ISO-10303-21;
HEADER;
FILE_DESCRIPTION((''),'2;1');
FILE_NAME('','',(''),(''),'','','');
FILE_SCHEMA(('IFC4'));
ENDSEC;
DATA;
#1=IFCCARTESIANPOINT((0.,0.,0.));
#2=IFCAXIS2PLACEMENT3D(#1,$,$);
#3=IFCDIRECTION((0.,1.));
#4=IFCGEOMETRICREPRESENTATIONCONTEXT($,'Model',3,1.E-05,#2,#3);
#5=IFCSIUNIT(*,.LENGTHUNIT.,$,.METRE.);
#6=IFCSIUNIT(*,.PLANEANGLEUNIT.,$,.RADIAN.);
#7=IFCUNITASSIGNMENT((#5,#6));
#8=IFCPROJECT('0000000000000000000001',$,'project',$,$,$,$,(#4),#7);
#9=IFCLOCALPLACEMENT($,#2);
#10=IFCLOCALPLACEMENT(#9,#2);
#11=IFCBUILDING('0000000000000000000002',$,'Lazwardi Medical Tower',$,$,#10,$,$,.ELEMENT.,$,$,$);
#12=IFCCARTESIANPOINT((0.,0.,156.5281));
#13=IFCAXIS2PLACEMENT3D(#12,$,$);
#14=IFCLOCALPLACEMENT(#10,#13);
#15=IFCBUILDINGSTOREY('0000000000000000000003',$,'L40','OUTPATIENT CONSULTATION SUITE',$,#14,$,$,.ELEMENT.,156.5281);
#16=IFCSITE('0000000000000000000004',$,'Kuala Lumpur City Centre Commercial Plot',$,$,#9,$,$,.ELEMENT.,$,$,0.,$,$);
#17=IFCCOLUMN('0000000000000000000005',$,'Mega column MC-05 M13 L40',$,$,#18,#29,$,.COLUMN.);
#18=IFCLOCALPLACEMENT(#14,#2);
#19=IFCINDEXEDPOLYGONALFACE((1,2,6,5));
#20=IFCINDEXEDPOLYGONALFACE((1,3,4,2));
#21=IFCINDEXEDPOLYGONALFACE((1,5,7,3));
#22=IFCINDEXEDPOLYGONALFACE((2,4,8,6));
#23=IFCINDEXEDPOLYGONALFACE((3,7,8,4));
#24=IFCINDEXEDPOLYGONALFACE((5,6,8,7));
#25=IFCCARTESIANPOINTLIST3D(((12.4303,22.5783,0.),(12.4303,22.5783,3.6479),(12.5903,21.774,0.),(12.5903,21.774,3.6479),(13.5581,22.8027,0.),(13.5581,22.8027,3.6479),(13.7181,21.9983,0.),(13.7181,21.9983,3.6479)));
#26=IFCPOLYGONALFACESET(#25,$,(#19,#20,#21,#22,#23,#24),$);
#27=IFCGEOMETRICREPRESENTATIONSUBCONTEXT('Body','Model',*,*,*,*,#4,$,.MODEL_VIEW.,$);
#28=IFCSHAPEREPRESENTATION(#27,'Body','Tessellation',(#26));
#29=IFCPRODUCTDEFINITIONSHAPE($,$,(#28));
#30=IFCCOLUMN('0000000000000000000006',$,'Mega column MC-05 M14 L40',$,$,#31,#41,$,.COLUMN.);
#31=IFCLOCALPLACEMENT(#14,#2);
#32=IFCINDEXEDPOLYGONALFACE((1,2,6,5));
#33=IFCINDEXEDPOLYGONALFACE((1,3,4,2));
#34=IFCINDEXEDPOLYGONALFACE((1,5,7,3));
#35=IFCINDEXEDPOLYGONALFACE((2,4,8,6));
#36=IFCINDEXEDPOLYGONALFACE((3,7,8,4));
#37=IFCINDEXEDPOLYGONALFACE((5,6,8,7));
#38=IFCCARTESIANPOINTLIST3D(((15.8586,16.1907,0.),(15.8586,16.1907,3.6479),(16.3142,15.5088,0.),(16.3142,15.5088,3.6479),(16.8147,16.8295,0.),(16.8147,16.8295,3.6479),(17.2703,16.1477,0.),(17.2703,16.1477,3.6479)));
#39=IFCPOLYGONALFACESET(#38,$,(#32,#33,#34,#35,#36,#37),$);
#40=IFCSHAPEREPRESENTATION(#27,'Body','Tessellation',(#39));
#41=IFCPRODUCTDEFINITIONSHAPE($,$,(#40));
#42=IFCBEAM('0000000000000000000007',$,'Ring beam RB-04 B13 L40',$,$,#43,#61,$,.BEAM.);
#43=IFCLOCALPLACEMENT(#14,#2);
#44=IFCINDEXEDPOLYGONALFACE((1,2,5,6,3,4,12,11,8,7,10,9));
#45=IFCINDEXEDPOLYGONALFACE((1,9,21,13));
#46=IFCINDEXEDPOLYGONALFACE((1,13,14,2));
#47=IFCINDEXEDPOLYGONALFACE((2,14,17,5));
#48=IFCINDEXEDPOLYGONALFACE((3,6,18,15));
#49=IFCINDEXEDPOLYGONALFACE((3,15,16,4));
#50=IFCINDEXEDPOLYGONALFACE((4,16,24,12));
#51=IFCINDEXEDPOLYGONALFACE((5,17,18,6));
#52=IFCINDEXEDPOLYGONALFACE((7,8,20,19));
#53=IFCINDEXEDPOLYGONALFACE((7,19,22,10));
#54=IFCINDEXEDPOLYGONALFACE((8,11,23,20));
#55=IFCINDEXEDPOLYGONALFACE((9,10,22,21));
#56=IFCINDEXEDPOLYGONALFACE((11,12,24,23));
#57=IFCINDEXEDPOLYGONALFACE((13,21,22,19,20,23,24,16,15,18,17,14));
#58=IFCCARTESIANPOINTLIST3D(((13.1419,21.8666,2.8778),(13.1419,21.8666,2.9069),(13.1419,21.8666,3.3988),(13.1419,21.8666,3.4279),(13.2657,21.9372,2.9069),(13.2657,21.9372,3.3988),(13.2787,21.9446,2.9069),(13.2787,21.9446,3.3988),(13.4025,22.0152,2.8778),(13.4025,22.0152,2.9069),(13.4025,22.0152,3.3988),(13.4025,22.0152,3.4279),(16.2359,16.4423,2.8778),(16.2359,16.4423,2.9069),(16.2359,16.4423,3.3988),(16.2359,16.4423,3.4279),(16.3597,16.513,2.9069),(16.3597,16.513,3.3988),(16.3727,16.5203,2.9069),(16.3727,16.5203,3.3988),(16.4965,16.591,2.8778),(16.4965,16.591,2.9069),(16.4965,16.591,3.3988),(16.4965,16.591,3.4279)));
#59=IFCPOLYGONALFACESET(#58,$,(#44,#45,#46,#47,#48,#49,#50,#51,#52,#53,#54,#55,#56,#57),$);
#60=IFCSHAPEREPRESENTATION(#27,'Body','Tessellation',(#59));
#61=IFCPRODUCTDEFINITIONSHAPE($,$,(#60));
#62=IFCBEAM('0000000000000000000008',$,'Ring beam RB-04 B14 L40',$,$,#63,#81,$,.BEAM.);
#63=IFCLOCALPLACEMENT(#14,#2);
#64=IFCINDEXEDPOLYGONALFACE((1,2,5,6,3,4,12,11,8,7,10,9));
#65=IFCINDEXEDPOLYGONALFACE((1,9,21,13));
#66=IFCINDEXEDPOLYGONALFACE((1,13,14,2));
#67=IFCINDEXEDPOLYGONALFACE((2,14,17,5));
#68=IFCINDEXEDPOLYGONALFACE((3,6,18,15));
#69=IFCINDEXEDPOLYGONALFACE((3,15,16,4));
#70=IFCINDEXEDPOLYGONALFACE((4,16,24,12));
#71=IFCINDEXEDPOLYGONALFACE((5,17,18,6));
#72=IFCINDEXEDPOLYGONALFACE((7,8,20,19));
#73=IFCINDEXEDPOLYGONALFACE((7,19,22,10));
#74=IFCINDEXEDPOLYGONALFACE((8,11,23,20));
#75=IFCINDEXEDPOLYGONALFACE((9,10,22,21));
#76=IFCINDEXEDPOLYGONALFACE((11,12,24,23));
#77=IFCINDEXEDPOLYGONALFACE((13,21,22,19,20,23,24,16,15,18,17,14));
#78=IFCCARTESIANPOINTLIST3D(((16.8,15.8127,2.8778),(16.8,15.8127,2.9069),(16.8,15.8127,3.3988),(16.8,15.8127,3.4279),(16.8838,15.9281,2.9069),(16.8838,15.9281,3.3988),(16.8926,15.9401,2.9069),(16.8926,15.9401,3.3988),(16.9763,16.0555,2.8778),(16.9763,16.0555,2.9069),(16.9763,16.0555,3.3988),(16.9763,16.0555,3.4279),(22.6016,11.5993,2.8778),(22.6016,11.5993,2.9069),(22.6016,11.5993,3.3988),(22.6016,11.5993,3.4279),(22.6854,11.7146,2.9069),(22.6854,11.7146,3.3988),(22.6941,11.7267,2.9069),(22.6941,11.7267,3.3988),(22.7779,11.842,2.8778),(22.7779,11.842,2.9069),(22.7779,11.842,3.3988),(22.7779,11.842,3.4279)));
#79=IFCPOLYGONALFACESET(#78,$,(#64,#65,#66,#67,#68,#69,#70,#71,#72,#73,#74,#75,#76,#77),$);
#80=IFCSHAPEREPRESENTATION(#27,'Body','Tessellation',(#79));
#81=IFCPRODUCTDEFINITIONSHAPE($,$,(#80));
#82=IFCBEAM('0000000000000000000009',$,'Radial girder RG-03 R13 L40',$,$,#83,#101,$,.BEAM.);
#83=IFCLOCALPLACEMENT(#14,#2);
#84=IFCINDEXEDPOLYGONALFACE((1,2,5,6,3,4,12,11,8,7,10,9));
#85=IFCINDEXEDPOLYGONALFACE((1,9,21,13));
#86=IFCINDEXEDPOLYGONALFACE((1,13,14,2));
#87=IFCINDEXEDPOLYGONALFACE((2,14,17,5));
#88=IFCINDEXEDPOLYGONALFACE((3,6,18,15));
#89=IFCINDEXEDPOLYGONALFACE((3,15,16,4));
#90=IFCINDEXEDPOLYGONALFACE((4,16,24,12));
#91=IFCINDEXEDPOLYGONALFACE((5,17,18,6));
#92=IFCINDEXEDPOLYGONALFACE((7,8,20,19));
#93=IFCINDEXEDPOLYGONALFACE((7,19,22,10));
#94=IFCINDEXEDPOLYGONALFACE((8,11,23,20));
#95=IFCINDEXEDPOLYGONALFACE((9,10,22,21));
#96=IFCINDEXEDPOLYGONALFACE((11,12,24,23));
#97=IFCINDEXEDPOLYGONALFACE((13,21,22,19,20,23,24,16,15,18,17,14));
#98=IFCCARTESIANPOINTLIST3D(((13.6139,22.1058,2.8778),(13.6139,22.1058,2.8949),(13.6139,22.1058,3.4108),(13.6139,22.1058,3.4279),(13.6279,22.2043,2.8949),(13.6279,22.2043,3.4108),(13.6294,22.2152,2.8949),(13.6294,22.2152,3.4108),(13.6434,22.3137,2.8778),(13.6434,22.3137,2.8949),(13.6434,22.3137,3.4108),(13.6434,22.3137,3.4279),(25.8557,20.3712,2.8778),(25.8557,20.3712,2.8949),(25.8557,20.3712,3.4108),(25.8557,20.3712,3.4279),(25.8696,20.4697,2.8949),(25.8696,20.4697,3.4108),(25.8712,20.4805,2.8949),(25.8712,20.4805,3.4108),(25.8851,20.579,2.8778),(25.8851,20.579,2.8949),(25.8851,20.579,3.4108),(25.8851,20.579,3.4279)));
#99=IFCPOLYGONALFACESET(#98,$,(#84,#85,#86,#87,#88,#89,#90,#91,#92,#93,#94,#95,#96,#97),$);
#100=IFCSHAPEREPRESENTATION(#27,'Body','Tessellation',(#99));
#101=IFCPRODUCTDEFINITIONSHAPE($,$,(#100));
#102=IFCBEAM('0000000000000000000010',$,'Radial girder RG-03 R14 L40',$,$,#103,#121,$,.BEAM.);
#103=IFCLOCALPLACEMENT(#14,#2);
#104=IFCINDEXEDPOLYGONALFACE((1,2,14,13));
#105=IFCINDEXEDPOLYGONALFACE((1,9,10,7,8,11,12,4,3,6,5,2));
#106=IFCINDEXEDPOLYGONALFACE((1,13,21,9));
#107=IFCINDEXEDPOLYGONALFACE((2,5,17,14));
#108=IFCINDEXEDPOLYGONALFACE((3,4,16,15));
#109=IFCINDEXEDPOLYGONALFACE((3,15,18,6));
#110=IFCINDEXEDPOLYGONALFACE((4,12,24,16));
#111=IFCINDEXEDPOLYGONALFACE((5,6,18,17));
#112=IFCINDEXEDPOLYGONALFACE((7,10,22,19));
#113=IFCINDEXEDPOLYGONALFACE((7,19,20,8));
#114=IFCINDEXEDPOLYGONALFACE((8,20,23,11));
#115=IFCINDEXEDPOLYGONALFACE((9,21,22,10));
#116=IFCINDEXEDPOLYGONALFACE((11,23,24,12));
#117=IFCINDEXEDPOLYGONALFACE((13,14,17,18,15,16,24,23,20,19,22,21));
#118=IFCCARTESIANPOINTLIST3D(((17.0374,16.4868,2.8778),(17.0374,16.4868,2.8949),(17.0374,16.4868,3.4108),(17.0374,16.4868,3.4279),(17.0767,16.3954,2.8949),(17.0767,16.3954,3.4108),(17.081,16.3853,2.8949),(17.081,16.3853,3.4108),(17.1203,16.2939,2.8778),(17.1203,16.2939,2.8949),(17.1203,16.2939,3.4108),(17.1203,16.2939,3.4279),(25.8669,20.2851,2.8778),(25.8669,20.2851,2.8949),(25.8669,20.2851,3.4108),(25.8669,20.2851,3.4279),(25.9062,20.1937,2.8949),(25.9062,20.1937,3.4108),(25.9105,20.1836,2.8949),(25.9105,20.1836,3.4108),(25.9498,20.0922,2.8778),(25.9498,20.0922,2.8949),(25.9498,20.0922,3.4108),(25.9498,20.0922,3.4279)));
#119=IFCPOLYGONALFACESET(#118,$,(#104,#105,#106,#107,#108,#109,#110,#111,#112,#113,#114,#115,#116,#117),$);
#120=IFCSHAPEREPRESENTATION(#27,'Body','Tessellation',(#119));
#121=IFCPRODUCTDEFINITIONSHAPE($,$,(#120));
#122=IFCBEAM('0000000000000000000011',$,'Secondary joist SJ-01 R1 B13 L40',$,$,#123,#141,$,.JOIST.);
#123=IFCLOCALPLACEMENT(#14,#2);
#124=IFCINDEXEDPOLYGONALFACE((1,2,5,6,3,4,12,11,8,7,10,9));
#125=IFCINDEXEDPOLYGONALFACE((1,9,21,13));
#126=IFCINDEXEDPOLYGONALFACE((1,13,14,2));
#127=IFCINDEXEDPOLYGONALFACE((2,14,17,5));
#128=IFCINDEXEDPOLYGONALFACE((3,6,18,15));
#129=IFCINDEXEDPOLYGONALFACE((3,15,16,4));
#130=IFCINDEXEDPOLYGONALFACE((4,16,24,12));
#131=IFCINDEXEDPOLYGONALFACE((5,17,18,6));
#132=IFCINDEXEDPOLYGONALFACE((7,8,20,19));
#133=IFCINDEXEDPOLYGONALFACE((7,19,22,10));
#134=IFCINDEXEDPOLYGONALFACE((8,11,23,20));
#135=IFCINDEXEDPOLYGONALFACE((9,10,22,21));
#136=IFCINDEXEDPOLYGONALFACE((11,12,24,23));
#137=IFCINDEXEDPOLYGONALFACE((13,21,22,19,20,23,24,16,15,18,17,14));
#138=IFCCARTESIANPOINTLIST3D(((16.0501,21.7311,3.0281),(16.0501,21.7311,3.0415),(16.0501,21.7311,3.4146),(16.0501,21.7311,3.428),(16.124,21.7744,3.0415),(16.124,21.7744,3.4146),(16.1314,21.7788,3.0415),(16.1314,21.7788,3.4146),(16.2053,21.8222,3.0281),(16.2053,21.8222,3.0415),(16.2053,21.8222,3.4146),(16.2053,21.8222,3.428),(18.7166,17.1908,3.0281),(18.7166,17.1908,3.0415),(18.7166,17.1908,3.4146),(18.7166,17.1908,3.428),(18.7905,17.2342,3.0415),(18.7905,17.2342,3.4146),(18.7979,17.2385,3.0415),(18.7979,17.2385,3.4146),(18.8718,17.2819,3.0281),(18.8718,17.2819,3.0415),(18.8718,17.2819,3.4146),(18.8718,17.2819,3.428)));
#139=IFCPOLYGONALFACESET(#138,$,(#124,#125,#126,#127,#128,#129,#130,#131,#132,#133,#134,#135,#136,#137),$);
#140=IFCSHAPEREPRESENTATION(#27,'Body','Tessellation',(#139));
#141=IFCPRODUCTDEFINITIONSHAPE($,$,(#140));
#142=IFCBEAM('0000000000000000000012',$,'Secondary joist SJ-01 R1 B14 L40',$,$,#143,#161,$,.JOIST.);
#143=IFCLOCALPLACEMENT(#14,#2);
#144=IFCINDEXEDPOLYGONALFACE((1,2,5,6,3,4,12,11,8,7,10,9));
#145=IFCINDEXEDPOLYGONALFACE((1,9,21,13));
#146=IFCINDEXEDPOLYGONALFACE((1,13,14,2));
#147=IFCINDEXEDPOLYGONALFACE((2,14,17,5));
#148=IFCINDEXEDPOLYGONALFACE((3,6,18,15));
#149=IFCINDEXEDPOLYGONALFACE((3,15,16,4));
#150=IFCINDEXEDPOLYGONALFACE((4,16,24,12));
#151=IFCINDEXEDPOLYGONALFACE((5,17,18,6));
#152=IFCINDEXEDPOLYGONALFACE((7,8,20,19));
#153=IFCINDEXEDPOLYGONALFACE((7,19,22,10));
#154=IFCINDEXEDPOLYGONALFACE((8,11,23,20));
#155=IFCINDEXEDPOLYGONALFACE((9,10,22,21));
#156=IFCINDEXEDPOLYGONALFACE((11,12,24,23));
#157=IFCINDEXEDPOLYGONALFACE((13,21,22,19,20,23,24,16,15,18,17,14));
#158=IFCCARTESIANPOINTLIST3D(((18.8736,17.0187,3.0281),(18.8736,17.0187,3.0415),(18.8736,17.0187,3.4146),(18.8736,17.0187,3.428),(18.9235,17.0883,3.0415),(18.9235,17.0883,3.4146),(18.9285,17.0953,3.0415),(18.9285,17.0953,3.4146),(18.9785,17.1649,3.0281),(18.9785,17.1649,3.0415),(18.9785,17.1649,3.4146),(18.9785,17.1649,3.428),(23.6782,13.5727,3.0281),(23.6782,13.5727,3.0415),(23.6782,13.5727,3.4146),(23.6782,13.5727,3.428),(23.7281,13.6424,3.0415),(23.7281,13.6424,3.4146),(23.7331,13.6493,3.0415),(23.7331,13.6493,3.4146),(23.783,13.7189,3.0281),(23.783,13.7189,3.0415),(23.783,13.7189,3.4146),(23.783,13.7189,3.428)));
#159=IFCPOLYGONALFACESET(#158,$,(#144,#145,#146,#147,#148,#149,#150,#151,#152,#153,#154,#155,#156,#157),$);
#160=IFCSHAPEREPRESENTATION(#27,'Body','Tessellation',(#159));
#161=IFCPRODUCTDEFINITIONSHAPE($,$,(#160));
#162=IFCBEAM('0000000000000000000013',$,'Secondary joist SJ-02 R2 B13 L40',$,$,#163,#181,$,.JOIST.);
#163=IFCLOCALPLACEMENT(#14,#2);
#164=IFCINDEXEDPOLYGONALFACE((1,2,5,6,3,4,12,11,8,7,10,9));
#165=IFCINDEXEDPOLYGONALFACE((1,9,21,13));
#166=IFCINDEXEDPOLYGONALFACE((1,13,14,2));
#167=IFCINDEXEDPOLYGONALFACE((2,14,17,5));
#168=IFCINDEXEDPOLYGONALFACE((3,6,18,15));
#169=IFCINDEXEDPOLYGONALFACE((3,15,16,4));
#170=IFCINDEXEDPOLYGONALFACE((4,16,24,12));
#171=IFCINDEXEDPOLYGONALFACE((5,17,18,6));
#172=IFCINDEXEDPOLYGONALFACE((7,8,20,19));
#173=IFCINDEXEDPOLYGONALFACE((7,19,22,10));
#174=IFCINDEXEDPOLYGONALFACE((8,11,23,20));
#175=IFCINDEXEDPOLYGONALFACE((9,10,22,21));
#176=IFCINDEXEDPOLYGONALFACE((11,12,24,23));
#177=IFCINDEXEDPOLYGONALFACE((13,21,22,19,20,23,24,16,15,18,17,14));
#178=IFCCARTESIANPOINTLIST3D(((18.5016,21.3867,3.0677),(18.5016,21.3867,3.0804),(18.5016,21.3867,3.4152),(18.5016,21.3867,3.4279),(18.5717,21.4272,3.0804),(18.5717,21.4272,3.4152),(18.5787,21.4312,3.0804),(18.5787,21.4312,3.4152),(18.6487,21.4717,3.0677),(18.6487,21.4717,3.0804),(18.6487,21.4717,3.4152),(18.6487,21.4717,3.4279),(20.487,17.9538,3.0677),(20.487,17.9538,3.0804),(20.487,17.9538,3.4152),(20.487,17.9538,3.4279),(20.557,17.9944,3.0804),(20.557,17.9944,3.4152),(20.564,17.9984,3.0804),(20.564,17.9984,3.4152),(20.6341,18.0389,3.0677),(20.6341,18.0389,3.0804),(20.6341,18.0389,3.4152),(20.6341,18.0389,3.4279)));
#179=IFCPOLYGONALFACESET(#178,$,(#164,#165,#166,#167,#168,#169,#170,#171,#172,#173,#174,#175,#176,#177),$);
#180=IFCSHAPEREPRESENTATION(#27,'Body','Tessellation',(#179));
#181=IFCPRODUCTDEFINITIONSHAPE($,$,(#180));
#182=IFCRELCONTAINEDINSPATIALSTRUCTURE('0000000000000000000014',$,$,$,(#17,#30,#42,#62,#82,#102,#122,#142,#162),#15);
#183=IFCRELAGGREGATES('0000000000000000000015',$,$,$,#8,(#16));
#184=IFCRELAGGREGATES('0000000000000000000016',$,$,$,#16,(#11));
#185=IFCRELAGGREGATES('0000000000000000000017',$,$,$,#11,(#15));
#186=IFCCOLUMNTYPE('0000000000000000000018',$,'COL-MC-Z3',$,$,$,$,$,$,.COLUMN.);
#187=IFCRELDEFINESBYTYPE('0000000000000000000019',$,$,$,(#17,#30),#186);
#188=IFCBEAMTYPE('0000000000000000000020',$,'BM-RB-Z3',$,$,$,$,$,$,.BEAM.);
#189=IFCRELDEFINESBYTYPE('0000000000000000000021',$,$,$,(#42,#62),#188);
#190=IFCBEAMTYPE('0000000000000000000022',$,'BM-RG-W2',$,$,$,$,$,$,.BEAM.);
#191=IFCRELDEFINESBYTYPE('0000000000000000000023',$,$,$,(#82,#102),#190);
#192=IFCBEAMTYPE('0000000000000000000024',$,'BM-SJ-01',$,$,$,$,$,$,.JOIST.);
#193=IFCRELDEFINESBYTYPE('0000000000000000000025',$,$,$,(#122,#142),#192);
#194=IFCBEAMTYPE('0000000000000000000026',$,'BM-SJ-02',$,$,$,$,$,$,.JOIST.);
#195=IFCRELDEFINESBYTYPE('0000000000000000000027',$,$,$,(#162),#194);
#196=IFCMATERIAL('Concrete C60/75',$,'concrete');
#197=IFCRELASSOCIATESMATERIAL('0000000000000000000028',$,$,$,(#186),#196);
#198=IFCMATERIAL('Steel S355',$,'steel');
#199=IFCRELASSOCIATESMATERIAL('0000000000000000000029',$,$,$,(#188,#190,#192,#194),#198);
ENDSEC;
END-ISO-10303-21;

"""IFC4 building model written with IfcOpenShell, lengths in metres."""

from ifc_helpers import new_model, si_unit, direction, frame, origin, origin_2d, place, context, subcontext, project, spatial, rectangle, i_section, extrude, material, material_profile, profile_set, type_object, element, save


model = new_model("IFC4")

# Units and contexts
model_context = context("Model", 3, precision=1e-05, world=origin(), true_north=direction((0.0, 1.0)))
body_context = subcontext(model_context, "Body", "Model", "MODEL_VIEW")
ifc_project = project(units=[si_unit("LENGTHUNIT", "METRE"), si_unit("PLANEANGLEUNIT", "RADIAN")], contexts=[model_context])

# Site, building, storey
site_placement = place(None, origin())
site = spatial("IfcSite", under=ifc_project, at=site_placement, Name="Kuala Lumpur City Centre Commercial Plot", CompositionType="ELEMENT", RefElevation=0.0)
building_placement = place(site_placement, origin())
building = spatial("IfcBuilding", under=site, at=building_placement, Name="Lazwardi Medical Tower", CompositionType="ELEMENT")
storey_placement = place(building_placement, frame((0.0, 0.0, 156.5281)))
storey = spatial("IfcBuildingStorey", under=building, at=storey_placement, Name="L40", Description="OUTPATIENT CONSULTATION SUITE", CompositionType="ELEMENT", Elevation=156.5281)

# Columns
ifc_material_1 = material(Name="Concrete C60/75", Category="concrete")
ifc_material_profile_1 = material_profile(ifc_material_1, rectangle(XDim=1.1499, YDim=0.8201, at=origin_2d()), Name="CFT-RECT 1150x820")
ifc_profile_set_1 = profile_set([ifc_material_profile_1], Name="Concrete C60/75")
column_type = type_object("IfcColumnType", Name="COL-MC-Z3", PredefinedType="COLUMN", material=ifc_profile_set_1)
for number, where, z_axis, x_axis, name in (
    (1, (13.0742, 22.2883, 0.0), (0.0, 0.0, 1.0), (-0.980785, -0.19509, 0.0), "Mega column MC-05 M13 L40"),
    (2, (16.5645, 16.1692, 0.0), (0.0, 0.0, 1.0), (-0.83147, -0.55557, 0.0), "Mega column MC-05 M14 L40"),
):
    element("IfcColumn", number, at=place(storey_placement, frame(where, z_axis=z_axis, x_axis=x_axis)), inside=storey, type_object=column_type, Name=name, PredefinedType="COLUMN", context=body_context, shape_type="SweptSolid", body=[
        extrude(rectangle(XDim=1.1499, YDim=0.8201, at=origin_2d()), origin(), (0.0, 0.0, 1.0), 3.6479),
    ])

# Beams
ifc_material_2 = material(Name="Steel S355", Category="steel")
ifc_material_profile_2 = material_profile(ifc_material_2, i_section(OverallWidth=0.3, OverallDepth=0.55, WebThickness=0.0149, FlangeThickness=0.0291, at=origin_2d()), Name="HEB 550")
ifc_profile_set_2 = profile_set([ifc_material_profile_2], Name="Steel S355")
beam_type_1 = type_object("IfcBeamType", Name="BM-RB-Z3", PredefinedType="BEAM", material=ifc_profile_set_2)
beam_1_placement = place(storey_placement, frame((13.2722, 21.9409, 3.1528), z_axis=(0.495461, -0.86863, 0.0), x_axis=(0.86863, 0.495461, 0.0)))
element("IfcBeam", 3, at=beam_1_placement, inside=storey, type_object=beam_type_1, Name="Ring beam RB-04 B13 L40", PredefinedType="BEAM", context=body_context, shape_type="SweptSolid", body=[
    extrude(i_section(OverallWidth=0.3, OverallDepth=0.55, WebThickness=0.0149, FlangeThickness=0.0291, at=origin_2d()), origin(), (0.0, 0.0, 1.0), 6.2446),
])
beam_2_placement = place(storey_placement, frame((16.8882, 15.9341, 3.1528), z_axis=(0.809128, -0.587633, 0.0), x_axis=(0.587633, 0.809128, 0.0)))
element("IfcBeam", 4, at=beam_2_placement, inside=storey, type_object=beam_type_1, Name="Ring beam RB-04 B14 L40", PredefinedType="BEAM", context=body_context, shape_type="SweptSolid", body=[
    extrude(i_section(OverallWidth=0.3, OverallDepth=0.55, WebThickness=0.0149, FlangeThickness=0.0291, at=origin_2d()), origin(), (0.0, 0.0, 1.0), 7.1702),
])
ifc_material_profile_3 = material_profile(ifc_material_2, i_section(OverallWidth=0.21, OverallDepth=0.55, WebThickness=0.011, FlangeThickness=0.0171, at=origin_2d()), Name="IPE 550")
ifc_profile_set_3 = profile_set([ifc_material_profile_3], Name="Steel S355")
beam_type_2 = type_object("IfcBeamType", Name="BM-RG-W2", PredefinedType="BEAM", material=ifc_profile_set_3)
beam_3_placement = place(storey_placement, frame((13.6287, 22.2097, 3.1528), z_axis=(0.99011, -0.140296, 0.0), x_axis=(0.140296, 0.99011, 0.0)))
element("IfcBeam", 5, at=beam_3_placement, inside=storey, type_object=beam_type_2, Name="Radial girder RG-03 R13 L40", PredefinedType="BEAM", context=body_context, shape_type="SweptSolid", body=[
    extrude(i_section(OverallWidth=0.21, OverallDepth=0.55, WebThickness=0.011, FlangeThickness=0.0171, at=origin_2d()), origin(), (0.0, 0.0, 1.0), 12.364),
])
beam_4_placement = place(storey_placement, frame((17.0789, 16.3904, 3.1528), z_axis=(0.918608, 0.39517, 0.0), x_axis=(-0.39517, 0.918608, 0.0)))
element("IfcBeam", 6, at=beam_4_placement, inside=storey, type_object=beam_type_2, Name="Radial girder RG-03 R14 L40", PredefinedType="BEAM", context=body_context, shape_type="SweptSolid", body=[
    extrude(i_section(OverallWidth=0.21, OverallDepth=0.55, WebThickness=0.011, FlangeThickness=0.0171, at=origin_2d()), origin(), (0.0, 0.0, 1.0), 9.6118),
])
ifc_material_profile_4 = material_profile(ifc_material_2, i_section(OverallWidth=0.1799, OverallDepth=0.3999, WebThickness=0.0085, FlangeThickness=0.0134, at=origin_2d()), Name="IPE 400")
ifc_profile_set_4 = profile_set([ifc_material_profile_4], Name="Steel S355")
beam_type_3 = type_object("IfcBeamType", Name="BM-SJ-01", PredefinedType="JOIST", material=ifc_profile_set_4)
beam_5_placement = place(storey_placement, frame((16.1277, 21.7766, 3.228), z_axis=(0.50642, -0.862287, 0.0), x_axis=(0.862287, 0.50642, 0.0)))
element("IfcBeam", 7, at=beam_5_placement, inside=storey, type_object=beam_type_3, Name="Secondary joist SJ-01 R1 B13 L40", PredefinedType="JOIST", context=body_context, shape_type="SweptSolid", body=[
    extrude(i_section(OverallWidth=0.1799, OverallDepth=0.3999, WebThickness=0.0085, FlangeThickness=0.0134, at=origin_2d()), origin(), (0.0, 0.0, 1.0), 5.2654),
])
beam_6_placement = place(storey_placement, frame((18.926, 17.0918, 3.228), z_axis=(0.812602, -0.582819, 0.0), x_axis=(0.582819, 0.812602, 0.0)))
element("IfcBeam", 8, at=beam_6_placement, inside=storey, type_object=beam_type_3, Name="Secondary joist SJ-01 R1 B14 L40", PredefinedType="JOIST", context=body_context, shape_type="SweptSolid", body=[
    extrude(i_section(OverallWidth=0.1799, OverallDepth=0.3999, WebThickness=0.0085, FlangeThickness=0.0134, at=origin_2d()), origin(), (0.0, 0.0, 1.0), 5.9126),
])
ifc_material_profile_5 = material_profile(ifc_material_2, i_section(OverallWidth=0.1699, OverallDepth=0.3601, WebThickness=0.0081, FlangeThickness=0.0127, at=origin_2d()), Name="IPE 360")
ifc_profile_set_5 = profile_set([ifc_material_profile_5], Name="Steel S355")
beam_type_4 = type_object("IfcBeamType", Name="BM-SJ-02", PredefinedType="JOIST", material=ifc_profile_set_5)
beam_7_placement = place(storey_placement, frame((18.5752, 21.4292, 3.2478), z_axis=(0.500641, -0.865655, 0.0), x_axis=(0.865655, 0.500641, 0.0)))
element("IfcBeam", 9, at=beam_7_placement, inside=storey, type_object=beam_type_4, Name="Secondary joist SJ-02 R2 B13 L40", PredefinedType="JOIST", context=body_context, shape_type="SweptSolid", body=[
    extrude(i_section(OverallWidth=0.1699, OverallDepth=0.3601, WebThickness=0.0081, FlangeThickness=0.0127, at=origin_2d()), origin(), (0.0, 0.0, 1.0), 3.9656),
])

save(model, "model.ifc")
